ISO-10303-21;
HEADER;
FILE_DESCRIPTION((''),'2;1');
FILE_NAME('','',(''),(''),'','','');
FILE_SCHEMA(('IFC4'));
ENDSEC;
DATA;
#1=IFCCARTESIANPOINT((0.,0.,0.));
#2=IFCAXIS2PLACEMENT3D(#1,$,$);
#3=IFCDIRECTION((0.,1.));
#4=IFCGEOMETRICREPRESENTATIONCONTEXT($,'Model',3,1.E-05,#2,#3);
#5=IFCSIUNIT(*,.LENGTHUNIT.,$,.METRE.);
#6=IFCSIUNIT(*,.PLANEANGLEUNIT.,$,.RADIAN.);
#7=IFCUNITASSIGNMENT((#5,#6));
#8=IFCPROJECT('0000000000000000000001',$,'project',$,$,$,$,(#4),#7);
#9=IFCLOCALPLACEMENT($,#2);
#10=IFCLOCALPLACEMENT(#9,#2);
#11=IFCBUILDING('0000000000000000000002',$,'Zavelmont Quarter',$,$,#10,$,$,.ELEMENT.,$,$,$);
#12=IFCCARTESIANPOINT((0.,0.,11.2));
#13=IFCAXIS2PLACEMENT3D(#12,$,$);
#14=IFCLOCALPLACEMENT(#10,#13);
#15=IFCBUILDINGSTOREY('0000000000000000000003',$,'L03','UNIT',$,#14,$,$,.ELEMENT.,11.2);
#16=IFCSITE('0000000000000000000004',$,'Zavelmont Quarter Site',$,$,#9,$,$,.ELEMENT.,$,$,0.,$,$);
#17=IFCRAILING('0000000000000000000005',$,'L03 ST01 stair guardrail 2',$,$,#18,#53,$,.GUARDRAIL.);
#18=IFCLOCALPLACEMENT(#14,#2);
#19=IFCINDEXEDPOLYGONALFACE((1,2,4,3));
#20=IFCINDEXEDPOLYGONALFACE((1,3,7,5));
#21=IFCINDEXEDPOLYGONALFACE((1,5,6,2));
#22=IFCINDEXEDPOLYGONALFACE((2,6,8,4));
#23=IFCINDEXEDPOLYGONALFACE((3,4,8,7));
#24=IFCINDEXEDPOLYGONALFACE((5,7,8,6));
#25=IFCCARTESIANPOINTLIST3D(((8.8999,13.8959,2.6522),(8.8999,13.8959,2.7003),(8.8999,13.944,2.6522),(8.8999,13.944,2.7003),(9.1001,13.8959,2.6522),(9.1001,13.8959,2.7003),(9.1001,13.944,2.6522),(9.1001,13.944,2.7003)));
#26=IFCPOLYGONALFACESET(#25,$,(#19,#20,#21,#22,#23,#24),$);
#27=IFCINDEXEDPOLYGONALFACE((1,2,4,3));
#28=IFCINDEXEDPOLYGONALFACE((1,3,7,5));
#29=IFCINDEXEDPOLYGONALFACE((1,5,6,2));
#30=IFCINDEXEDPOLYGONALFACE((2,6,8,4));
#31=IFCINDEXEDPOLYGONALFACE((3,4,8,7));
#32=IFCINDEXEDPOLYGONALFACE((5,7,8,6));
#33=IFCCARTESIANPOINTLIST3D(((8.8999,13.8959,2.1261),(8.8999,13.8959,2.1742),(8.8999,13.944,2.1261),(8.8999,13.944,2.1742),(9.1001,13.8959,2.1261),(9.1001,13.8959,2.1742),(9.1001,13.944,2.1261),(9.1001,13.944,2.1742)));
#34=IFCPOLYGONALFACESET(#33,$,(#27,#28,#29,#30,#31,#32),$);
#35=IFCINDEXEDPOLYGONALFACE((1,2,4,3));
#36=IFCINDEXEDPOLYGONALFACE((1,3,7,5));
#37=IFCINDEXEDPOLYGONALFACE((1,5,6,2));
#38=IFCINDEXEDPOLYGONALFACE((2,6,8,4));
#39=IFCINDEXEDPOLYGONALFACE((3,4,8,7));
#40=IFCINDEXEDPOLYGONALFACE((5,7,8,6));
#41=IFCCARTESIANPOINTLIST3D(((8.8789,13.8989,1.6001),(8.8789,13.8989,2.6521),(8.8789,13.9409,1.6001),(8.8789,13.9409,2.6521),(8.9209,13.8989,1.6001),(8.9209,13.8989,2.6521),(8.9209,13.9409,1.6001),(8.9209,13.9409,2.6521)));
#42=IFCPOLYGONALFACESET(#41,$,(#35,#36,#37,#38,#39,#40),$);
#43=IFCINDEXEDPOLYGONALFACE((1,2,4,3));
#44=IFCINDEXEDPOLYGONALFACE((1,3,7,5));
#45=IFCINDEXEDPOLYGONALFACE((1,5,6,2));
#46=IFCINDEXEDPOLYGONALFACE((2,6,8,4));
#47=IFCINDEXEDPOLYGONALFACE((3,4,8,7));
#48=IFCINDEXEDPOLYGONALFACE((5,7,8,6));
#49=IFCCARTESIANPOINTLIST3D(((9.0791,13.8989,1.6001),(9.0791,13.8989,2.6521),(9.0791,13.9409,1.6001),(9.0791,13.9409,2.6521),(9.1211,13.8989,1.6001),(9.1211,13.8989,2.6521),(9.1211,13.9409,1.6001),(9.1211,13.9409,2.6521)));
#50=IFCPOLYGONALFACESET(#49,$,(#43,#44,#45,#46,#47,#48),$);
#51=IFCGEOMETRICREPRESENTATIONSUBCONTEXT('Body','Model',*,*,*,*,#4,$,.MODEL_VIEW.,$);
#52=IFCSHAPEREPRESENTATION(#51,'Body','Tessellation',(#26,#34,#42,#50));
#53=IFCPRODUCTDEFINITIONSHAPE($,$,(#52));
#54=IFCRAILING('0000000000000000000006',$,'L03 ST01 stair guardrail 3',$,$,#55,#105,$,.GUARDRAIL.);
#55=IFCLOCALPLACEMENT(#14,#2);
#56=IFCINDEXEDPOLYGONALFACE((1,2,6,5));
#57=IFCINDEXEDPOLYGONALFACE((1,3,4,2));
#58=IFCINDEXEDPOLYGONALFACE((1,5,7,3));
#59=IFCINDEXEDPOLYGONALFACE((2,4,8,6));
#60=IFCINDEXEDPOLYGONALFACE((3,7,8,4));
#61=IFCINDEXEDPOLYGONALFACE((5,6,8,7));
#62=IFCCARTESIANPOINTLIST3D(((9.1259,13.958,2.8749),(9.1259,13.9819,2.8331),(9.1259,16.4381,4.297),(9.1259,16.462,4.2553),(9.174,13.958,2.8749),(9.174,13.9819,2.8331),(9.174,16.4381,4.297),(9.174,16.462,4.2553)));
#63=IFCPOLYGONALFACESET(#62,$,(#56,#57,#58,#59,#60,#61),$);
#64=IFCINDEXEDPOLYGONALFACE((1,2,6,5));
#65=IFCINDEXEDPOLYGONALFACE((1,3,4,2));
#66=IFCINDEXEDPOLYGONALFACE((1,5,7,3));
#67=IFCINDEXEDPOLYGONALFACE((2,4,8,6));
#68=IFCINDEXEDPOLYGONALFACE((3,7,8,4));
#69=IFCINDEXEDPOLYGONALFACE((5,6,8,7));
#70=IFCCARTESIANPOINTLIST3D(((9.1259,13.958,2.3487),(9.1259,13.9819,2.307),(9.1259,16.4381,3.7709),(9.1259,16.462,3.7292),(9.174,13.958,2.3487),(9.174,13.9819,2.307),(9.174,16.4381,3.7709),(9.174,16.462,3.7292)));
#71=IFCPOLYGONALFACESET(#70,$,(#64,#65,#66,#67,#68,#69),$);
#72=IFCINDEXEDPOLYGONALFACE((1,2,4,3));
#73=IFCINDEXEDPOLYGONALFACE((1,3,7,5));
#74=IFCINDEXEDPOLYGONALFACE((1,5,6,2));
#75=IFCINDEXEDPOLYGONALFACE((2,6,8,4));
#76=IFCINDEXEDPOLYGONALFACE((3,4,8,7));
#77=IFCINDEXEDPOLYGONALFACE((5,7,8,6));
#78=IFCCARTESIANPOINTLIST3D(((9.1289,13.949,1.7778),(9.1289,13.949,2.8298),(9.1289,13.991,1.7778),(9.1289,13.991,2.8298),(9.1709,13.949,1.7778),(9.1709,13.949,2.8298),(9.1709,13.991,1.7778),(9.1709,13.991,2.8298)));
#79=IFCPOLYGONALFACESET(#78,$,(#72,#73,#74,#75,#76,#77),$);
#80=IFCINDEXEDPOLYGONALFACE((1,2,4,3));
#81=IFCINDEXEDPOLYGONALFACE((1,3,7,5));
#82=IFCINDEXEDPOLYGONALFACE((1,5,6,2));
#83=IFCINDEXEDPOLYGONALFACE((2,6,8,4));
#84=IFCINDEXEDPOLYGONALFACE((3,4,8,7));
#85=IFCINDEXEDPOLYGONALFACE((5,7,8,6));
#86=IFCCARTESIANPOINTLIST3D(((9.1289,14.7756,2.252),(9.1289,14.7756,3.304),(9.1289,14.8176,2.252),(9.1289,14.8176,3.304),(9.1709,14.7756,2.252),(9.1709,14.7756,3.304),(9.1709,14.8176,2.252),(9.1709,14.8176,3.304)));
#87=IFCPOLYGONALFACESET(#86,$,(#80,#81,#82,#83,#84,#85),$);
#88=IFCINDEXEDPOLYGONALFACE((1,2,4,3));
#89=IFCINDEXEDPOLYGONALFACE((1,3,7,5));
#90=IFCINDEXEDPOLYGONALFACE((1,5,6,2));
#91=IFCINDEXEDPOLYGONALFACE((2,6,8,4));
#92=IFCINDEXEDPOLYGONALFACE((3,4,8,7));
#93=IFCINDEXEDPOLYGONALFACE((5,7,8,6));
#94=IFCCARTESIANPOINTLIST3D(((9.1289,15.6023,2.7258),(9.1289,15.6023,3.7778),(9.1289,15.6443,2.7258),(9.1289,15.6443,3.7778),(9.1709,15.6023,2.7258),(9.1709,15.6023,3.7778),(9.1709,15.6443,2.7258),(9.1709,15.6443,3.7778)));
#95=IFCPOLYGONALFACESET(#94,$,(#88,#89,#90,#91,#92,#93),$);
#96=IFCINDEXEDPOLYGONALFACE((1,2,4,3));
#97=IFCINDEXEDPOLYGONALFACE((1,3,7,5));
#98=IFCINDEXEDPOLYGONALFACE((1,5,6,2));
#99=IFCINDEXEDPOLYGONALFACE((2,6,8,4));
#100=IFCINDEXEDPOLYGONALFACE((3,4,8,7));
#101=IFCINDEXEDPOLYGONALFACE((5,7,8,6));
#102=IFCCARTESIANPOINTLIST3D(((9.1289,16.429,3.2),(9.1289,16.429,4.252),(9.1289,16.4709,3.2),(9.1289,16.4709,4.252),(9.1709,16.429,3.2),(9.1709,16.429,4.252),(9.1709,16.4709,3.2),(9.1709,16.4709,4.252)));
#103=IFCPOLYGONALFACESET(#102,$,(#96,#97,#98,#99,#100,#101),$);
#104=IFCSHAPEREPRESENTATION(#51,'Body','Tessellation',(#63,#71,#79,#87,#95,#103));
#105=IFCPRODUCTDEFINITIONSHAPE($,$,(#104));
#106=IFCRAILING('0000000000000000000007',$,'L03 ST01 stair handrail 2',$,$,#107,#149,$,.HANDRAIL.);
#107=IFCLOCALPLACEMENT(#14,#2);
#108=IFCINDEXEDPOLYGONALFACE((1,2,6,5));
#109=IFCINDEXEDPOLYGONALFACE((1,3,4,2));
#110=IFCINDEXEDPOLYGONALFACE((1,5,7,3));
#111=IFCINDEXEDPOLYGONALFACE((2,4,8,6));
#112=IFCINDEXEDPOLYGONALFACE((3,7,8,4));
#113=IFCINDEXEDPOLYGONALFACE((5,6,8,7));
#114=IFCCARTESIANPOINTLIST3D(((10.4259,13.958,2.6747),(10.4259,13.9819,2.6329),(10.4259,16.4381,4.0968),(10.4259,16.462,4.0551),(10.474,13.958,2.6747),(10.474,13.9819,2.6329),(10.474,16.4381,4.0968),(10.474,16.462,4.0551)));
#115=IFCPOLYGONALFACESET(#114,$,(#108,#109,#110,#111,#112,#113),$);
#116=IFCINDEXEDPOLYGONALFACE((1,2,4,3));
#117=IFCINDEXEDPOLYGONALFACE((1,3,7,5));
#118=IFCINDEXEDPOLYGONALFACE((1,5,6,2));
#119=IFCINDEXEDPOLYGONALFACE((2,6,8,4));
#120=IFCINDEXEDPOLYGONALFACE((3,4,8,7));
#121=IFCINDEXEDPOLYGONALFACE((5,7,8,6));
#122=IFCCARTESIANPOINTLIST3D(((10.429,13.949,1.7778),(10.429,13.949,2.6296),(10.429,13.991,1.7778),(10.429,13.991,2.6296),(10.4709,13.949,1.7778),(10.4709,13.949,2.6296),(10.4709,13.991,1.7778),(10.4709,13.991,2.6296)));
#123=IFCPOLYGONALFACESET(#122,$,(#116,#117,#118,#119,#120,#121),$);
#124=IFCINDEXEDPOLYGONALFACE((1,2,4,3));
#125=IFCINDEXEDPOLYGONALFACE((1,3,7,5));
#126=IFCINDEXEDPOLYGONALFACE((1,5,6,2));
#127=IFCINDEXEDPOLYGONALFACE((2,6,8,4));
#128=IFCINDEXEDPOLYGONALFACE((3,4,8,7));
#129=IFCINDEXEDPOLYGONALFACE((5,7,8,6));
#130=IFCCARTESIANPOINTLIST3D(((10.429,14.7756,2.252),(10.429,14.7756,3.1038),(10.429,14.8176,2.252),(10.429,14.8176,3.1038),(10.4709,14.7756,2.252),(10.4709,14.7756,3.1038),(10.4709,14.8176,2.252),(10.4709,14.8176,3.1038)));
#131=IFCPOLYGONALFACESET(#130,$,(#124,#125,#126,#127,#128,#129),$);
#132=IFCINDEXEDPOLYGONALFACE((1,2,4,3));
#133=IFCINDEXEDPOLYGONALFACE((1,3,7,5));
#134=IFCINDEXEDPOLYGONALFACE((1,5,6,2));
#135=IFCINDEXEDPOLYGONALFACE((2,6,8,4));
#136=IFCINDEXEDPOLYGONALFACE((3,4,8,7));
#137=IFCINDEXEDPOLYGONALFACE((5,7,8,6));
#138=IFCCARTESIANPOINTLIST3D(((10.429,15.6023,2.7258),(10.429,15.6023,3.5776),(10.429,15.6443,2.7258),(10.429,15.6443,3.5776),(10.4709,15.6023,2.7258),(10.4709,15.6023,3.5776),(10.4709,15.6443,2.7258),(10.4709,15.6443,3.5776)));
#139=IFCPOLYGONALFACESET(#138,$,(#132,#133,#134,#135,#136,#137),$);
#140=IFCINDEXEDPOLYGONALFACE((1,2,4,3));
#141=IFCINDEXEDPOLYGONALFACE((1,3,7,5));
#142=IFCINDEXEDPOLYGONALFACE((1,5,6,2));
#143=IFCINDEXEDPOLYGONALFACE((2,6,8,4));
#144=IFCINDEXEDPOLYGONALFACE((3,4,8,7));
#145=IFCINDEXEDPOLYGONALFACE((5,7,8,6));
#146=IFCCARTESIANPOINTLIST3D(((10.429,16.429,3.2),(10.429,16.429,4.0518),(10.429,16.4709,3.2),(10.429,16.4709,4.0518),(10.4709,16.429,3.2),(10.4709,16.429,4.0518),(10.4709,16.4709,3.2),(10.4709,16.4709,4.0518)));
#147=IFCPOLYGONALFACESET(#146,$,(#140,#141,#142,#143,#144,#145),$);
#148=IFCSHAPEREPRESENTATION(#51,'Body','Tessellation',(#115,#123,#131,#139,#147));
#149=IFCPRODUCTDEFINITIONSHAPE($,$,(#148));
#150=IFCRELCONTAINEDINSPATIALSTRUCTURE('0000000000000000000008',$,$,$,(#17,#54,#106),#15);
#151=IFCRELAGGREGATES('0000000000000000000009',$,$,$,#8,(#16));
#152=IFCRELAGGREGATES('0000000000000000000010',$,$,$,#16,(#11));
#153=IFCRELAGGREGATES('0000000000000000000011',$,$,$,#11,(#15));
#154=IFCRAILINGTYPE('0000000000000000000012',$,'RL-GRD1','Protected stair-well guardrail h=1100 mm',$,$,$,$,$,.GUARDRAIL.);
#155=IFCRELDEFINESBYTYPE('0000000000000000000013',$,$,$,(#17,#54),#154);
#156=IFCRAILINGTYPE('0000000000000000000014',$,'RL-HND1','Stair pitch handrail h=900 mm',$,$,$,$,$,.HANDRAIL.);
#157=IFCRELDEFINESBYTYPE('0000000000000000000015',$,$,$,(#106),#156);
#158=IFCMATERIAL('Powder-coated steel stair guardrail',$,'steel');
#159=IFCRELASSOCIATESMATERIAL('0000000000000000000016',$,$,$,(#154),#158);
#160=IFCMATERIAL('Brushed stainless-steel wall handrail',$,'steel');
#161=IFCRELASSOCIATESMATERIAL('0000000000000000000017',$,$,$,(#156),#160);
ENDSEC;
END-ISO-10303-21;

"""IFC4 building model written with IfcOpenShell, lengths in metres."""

from ifc_helpers import new_model, si_unit, direction, frame, origin, origin_2d, place, context, subcontext, project, spatial, rectangle, extrude, material, type_object, element, save


model = new_model("IFC4")

# Units and contexts
model_context = context("Model", 3, precision=1e-05, world=origin(), true_north=direction((0.0, 1.0)))
body_context = subcontext(model_context, "Body", "Model", "MODEL_VIEW")
ifc_project = project(units=[si_unit("LENGTHUNIT", "METRE"), si_unit("PLANEANGLEUNIT", "RADIAN")], contexts=[model_context])

# Site, building, storey
site_placement = place(None, origin())
site = spatial("IfcSite", under=ifc_project, at=site_placement, Name="Zavelmont Quarter Site", CompositionType="ELEMENT", RefElevation=0.0)
building_placement = place(site_placement, origin())
building = spatial("IfcBuilding", under=site, at=building_placement, Name="Zavelmont Quarter", CompositionType="ELEMENT")
storey_placement = place(building_placement, frame((0.0, 0.0, 11.2)))
storey = spatial("IfcBuildingStorey", under=building, at=storey_placement, Name="L03", Description="UNIT", CompositionType="ELEMENT", Elevation=11.2)

# Railings
ifc_material_1 = material(Name="Powder-coated steel stair guardrail", Category="steel")
railing_type_1 = type_object("IfcRailingType", Name="RL-GRD1", Description="Protected stair-well guardrail h=1100 mm", PredefinedType="GUARDRAIL", material=ifc_material_1)
railing_1_placement = place(storey_placement, frame((8.8999, 13.9199, 1.6001)))
element("IfcRailing", 1, at=railing_1_placement, inside=storey, type_object=railing_type_1, Name="L03 ST01 stair guardrail 2", PredefinedType="GUARDRAIL", context=body_context, shape_type="SweptSolid", body=[
    extrude(rectangle(XDim=0.0481, YDim=0.0481, at=origin_2d()), frame((0.0, 0.0, 1.0762), z_axis=(1.0, 0.0, 0.0), x_axis=(0.0, 1.0, 0.0)), (0.0, 0.0, 1.0), 0.2002),
    extrude(rectangle(XDim=0.0481, YDim=0.0481, at=origin_2d()), frame((0.0, 0.0, 0.55), z_axis=(1.0, 0.0, 0.0), x_axis=(0.0, 1.0, 0.0)), (0.0, 0.0, 1.0), 0.2002),
    extrude(rectangle(XDim=0.042, YDim=0.042, at=origin_2d()), origin(), (0.0, 0.0, 1.0), 1.052),
    extrude(rectangle(XDim=0.042, YDim=0.042, at=origin_2d()), frame((0.2002, 0.0, 0.0)), (0.0, 0.0, 1.0), 1.052),
])
railing_2_placement = place(storey_placement, frame((9.1499, 13.97, 1.7778)))
element("IfcRailing", 2, at=railing_2_placement, inside=storey, type_object=railing_type_1, Name="L03 ST01 stair guardrail 3", PredefinedType="GUARDRAIL", context=body_context, shape_type="SweptSolid", body=[
    extrude(rectangle(XDim=0.0481, YDim=0.0481, at=origin_2d()), frame((0.0, 0.0, 1.0762), z_axis=(0.0, 0.867491, 0.497454), x_axis=(-1.0, 0.0, 0.0)), (0.0, 0.0, 1.0), 2.8589),
    extrude(rectangle(XDim=0.0481, YDim=0.0481, at=origin_2d()), frame((0.0, 0.0, 0.55), z_axis=(0.0, 0.867491, 0.497454), x_axis=(-1.0, 0.0, 0.0)), (0.0, 0.0, 1.0), 2.8589),
    extrude(rectangle(XDim=0.042, YDim=0.042, at=origin_2d()), origin(), (0.0, 0.0, 1.0), 1.052),
    extrude(rectangle(XDim=0.042, YDim=0.042, at=origin_2d()), frame((0.0, 0.8267, 0.4741)), (0.0, 0.0, 1.0), 1.052),
    extrude(rectangle(XDim=0.042, YDim=0.042, at=origin_2d()), frame((0.0, 1.6533, 0.948)), (0.0, 0.0, 1.0), 1.052),
    extrude(rectangle(XDim=0.042, YDim=0.042, at=origin_2d()), frame((0.0, 2.48, 1.4221)), (0.0, 0.0, 1.0), 1.052),
])
ifc_material_2 = material(Name="Brushed stainless-steel wall handrail", Category="steel")
railing_type_2 = type_object("IfcRailingType", Name="RL-HND1", Description="Stair pitch handrail h=900 mm", PredefinedType="HANDRAIL", material=ifc_material_2)
railing_3_placement = place(storey_placement, frame((10.45, 13.97, 1.7778)))
element("IfcRailing", 3, at=railing_3_placement, inside=storey, type_object=railing_type_2, Name="L03 ST01 stair handrail 2", PredefinedType="HANDRAIL", context=body_context, shape_type="SweptSolid", body=[
    extrude(rectangle(XDim=0.0481, YDim=0.0481, at=origin_2d()), frame((0.0, 0.0, 0.876), z_axis=(0.0, 0.867491, 0.497454), x_axis=(-1.0, 0.0, 0.0)), (0.0, 0.0, 1.0), 2.8589),
    extrude(rectangle(XDim=0.042, YDim=0.042, at=origin_2d()), origin(), (0.0, 0.0, 1.0), 0.8518),
    extrude(rectangle(XDim=0.042, YDim=0.042, at=origin_2d()), frame((0.0, 0.8267, 0.4741)), (0.0, 0.0, 1.0), 0.8518),
    extrude(rectangle(XDim=0.042, YDim=0.042, at=origin_2d()), frame((0.0, 1.6533, 0.948)), (0.0, 0.0, 1.0), 0.8518),
    extrude(rectangle(XDim=0.042, YDim=0.042, at=origin_2d()), frame((0.0, 2.48, 1.4221)), (0.0, 0.0, 1.0), 0.8518),
])

save(model, "model.ifc")
